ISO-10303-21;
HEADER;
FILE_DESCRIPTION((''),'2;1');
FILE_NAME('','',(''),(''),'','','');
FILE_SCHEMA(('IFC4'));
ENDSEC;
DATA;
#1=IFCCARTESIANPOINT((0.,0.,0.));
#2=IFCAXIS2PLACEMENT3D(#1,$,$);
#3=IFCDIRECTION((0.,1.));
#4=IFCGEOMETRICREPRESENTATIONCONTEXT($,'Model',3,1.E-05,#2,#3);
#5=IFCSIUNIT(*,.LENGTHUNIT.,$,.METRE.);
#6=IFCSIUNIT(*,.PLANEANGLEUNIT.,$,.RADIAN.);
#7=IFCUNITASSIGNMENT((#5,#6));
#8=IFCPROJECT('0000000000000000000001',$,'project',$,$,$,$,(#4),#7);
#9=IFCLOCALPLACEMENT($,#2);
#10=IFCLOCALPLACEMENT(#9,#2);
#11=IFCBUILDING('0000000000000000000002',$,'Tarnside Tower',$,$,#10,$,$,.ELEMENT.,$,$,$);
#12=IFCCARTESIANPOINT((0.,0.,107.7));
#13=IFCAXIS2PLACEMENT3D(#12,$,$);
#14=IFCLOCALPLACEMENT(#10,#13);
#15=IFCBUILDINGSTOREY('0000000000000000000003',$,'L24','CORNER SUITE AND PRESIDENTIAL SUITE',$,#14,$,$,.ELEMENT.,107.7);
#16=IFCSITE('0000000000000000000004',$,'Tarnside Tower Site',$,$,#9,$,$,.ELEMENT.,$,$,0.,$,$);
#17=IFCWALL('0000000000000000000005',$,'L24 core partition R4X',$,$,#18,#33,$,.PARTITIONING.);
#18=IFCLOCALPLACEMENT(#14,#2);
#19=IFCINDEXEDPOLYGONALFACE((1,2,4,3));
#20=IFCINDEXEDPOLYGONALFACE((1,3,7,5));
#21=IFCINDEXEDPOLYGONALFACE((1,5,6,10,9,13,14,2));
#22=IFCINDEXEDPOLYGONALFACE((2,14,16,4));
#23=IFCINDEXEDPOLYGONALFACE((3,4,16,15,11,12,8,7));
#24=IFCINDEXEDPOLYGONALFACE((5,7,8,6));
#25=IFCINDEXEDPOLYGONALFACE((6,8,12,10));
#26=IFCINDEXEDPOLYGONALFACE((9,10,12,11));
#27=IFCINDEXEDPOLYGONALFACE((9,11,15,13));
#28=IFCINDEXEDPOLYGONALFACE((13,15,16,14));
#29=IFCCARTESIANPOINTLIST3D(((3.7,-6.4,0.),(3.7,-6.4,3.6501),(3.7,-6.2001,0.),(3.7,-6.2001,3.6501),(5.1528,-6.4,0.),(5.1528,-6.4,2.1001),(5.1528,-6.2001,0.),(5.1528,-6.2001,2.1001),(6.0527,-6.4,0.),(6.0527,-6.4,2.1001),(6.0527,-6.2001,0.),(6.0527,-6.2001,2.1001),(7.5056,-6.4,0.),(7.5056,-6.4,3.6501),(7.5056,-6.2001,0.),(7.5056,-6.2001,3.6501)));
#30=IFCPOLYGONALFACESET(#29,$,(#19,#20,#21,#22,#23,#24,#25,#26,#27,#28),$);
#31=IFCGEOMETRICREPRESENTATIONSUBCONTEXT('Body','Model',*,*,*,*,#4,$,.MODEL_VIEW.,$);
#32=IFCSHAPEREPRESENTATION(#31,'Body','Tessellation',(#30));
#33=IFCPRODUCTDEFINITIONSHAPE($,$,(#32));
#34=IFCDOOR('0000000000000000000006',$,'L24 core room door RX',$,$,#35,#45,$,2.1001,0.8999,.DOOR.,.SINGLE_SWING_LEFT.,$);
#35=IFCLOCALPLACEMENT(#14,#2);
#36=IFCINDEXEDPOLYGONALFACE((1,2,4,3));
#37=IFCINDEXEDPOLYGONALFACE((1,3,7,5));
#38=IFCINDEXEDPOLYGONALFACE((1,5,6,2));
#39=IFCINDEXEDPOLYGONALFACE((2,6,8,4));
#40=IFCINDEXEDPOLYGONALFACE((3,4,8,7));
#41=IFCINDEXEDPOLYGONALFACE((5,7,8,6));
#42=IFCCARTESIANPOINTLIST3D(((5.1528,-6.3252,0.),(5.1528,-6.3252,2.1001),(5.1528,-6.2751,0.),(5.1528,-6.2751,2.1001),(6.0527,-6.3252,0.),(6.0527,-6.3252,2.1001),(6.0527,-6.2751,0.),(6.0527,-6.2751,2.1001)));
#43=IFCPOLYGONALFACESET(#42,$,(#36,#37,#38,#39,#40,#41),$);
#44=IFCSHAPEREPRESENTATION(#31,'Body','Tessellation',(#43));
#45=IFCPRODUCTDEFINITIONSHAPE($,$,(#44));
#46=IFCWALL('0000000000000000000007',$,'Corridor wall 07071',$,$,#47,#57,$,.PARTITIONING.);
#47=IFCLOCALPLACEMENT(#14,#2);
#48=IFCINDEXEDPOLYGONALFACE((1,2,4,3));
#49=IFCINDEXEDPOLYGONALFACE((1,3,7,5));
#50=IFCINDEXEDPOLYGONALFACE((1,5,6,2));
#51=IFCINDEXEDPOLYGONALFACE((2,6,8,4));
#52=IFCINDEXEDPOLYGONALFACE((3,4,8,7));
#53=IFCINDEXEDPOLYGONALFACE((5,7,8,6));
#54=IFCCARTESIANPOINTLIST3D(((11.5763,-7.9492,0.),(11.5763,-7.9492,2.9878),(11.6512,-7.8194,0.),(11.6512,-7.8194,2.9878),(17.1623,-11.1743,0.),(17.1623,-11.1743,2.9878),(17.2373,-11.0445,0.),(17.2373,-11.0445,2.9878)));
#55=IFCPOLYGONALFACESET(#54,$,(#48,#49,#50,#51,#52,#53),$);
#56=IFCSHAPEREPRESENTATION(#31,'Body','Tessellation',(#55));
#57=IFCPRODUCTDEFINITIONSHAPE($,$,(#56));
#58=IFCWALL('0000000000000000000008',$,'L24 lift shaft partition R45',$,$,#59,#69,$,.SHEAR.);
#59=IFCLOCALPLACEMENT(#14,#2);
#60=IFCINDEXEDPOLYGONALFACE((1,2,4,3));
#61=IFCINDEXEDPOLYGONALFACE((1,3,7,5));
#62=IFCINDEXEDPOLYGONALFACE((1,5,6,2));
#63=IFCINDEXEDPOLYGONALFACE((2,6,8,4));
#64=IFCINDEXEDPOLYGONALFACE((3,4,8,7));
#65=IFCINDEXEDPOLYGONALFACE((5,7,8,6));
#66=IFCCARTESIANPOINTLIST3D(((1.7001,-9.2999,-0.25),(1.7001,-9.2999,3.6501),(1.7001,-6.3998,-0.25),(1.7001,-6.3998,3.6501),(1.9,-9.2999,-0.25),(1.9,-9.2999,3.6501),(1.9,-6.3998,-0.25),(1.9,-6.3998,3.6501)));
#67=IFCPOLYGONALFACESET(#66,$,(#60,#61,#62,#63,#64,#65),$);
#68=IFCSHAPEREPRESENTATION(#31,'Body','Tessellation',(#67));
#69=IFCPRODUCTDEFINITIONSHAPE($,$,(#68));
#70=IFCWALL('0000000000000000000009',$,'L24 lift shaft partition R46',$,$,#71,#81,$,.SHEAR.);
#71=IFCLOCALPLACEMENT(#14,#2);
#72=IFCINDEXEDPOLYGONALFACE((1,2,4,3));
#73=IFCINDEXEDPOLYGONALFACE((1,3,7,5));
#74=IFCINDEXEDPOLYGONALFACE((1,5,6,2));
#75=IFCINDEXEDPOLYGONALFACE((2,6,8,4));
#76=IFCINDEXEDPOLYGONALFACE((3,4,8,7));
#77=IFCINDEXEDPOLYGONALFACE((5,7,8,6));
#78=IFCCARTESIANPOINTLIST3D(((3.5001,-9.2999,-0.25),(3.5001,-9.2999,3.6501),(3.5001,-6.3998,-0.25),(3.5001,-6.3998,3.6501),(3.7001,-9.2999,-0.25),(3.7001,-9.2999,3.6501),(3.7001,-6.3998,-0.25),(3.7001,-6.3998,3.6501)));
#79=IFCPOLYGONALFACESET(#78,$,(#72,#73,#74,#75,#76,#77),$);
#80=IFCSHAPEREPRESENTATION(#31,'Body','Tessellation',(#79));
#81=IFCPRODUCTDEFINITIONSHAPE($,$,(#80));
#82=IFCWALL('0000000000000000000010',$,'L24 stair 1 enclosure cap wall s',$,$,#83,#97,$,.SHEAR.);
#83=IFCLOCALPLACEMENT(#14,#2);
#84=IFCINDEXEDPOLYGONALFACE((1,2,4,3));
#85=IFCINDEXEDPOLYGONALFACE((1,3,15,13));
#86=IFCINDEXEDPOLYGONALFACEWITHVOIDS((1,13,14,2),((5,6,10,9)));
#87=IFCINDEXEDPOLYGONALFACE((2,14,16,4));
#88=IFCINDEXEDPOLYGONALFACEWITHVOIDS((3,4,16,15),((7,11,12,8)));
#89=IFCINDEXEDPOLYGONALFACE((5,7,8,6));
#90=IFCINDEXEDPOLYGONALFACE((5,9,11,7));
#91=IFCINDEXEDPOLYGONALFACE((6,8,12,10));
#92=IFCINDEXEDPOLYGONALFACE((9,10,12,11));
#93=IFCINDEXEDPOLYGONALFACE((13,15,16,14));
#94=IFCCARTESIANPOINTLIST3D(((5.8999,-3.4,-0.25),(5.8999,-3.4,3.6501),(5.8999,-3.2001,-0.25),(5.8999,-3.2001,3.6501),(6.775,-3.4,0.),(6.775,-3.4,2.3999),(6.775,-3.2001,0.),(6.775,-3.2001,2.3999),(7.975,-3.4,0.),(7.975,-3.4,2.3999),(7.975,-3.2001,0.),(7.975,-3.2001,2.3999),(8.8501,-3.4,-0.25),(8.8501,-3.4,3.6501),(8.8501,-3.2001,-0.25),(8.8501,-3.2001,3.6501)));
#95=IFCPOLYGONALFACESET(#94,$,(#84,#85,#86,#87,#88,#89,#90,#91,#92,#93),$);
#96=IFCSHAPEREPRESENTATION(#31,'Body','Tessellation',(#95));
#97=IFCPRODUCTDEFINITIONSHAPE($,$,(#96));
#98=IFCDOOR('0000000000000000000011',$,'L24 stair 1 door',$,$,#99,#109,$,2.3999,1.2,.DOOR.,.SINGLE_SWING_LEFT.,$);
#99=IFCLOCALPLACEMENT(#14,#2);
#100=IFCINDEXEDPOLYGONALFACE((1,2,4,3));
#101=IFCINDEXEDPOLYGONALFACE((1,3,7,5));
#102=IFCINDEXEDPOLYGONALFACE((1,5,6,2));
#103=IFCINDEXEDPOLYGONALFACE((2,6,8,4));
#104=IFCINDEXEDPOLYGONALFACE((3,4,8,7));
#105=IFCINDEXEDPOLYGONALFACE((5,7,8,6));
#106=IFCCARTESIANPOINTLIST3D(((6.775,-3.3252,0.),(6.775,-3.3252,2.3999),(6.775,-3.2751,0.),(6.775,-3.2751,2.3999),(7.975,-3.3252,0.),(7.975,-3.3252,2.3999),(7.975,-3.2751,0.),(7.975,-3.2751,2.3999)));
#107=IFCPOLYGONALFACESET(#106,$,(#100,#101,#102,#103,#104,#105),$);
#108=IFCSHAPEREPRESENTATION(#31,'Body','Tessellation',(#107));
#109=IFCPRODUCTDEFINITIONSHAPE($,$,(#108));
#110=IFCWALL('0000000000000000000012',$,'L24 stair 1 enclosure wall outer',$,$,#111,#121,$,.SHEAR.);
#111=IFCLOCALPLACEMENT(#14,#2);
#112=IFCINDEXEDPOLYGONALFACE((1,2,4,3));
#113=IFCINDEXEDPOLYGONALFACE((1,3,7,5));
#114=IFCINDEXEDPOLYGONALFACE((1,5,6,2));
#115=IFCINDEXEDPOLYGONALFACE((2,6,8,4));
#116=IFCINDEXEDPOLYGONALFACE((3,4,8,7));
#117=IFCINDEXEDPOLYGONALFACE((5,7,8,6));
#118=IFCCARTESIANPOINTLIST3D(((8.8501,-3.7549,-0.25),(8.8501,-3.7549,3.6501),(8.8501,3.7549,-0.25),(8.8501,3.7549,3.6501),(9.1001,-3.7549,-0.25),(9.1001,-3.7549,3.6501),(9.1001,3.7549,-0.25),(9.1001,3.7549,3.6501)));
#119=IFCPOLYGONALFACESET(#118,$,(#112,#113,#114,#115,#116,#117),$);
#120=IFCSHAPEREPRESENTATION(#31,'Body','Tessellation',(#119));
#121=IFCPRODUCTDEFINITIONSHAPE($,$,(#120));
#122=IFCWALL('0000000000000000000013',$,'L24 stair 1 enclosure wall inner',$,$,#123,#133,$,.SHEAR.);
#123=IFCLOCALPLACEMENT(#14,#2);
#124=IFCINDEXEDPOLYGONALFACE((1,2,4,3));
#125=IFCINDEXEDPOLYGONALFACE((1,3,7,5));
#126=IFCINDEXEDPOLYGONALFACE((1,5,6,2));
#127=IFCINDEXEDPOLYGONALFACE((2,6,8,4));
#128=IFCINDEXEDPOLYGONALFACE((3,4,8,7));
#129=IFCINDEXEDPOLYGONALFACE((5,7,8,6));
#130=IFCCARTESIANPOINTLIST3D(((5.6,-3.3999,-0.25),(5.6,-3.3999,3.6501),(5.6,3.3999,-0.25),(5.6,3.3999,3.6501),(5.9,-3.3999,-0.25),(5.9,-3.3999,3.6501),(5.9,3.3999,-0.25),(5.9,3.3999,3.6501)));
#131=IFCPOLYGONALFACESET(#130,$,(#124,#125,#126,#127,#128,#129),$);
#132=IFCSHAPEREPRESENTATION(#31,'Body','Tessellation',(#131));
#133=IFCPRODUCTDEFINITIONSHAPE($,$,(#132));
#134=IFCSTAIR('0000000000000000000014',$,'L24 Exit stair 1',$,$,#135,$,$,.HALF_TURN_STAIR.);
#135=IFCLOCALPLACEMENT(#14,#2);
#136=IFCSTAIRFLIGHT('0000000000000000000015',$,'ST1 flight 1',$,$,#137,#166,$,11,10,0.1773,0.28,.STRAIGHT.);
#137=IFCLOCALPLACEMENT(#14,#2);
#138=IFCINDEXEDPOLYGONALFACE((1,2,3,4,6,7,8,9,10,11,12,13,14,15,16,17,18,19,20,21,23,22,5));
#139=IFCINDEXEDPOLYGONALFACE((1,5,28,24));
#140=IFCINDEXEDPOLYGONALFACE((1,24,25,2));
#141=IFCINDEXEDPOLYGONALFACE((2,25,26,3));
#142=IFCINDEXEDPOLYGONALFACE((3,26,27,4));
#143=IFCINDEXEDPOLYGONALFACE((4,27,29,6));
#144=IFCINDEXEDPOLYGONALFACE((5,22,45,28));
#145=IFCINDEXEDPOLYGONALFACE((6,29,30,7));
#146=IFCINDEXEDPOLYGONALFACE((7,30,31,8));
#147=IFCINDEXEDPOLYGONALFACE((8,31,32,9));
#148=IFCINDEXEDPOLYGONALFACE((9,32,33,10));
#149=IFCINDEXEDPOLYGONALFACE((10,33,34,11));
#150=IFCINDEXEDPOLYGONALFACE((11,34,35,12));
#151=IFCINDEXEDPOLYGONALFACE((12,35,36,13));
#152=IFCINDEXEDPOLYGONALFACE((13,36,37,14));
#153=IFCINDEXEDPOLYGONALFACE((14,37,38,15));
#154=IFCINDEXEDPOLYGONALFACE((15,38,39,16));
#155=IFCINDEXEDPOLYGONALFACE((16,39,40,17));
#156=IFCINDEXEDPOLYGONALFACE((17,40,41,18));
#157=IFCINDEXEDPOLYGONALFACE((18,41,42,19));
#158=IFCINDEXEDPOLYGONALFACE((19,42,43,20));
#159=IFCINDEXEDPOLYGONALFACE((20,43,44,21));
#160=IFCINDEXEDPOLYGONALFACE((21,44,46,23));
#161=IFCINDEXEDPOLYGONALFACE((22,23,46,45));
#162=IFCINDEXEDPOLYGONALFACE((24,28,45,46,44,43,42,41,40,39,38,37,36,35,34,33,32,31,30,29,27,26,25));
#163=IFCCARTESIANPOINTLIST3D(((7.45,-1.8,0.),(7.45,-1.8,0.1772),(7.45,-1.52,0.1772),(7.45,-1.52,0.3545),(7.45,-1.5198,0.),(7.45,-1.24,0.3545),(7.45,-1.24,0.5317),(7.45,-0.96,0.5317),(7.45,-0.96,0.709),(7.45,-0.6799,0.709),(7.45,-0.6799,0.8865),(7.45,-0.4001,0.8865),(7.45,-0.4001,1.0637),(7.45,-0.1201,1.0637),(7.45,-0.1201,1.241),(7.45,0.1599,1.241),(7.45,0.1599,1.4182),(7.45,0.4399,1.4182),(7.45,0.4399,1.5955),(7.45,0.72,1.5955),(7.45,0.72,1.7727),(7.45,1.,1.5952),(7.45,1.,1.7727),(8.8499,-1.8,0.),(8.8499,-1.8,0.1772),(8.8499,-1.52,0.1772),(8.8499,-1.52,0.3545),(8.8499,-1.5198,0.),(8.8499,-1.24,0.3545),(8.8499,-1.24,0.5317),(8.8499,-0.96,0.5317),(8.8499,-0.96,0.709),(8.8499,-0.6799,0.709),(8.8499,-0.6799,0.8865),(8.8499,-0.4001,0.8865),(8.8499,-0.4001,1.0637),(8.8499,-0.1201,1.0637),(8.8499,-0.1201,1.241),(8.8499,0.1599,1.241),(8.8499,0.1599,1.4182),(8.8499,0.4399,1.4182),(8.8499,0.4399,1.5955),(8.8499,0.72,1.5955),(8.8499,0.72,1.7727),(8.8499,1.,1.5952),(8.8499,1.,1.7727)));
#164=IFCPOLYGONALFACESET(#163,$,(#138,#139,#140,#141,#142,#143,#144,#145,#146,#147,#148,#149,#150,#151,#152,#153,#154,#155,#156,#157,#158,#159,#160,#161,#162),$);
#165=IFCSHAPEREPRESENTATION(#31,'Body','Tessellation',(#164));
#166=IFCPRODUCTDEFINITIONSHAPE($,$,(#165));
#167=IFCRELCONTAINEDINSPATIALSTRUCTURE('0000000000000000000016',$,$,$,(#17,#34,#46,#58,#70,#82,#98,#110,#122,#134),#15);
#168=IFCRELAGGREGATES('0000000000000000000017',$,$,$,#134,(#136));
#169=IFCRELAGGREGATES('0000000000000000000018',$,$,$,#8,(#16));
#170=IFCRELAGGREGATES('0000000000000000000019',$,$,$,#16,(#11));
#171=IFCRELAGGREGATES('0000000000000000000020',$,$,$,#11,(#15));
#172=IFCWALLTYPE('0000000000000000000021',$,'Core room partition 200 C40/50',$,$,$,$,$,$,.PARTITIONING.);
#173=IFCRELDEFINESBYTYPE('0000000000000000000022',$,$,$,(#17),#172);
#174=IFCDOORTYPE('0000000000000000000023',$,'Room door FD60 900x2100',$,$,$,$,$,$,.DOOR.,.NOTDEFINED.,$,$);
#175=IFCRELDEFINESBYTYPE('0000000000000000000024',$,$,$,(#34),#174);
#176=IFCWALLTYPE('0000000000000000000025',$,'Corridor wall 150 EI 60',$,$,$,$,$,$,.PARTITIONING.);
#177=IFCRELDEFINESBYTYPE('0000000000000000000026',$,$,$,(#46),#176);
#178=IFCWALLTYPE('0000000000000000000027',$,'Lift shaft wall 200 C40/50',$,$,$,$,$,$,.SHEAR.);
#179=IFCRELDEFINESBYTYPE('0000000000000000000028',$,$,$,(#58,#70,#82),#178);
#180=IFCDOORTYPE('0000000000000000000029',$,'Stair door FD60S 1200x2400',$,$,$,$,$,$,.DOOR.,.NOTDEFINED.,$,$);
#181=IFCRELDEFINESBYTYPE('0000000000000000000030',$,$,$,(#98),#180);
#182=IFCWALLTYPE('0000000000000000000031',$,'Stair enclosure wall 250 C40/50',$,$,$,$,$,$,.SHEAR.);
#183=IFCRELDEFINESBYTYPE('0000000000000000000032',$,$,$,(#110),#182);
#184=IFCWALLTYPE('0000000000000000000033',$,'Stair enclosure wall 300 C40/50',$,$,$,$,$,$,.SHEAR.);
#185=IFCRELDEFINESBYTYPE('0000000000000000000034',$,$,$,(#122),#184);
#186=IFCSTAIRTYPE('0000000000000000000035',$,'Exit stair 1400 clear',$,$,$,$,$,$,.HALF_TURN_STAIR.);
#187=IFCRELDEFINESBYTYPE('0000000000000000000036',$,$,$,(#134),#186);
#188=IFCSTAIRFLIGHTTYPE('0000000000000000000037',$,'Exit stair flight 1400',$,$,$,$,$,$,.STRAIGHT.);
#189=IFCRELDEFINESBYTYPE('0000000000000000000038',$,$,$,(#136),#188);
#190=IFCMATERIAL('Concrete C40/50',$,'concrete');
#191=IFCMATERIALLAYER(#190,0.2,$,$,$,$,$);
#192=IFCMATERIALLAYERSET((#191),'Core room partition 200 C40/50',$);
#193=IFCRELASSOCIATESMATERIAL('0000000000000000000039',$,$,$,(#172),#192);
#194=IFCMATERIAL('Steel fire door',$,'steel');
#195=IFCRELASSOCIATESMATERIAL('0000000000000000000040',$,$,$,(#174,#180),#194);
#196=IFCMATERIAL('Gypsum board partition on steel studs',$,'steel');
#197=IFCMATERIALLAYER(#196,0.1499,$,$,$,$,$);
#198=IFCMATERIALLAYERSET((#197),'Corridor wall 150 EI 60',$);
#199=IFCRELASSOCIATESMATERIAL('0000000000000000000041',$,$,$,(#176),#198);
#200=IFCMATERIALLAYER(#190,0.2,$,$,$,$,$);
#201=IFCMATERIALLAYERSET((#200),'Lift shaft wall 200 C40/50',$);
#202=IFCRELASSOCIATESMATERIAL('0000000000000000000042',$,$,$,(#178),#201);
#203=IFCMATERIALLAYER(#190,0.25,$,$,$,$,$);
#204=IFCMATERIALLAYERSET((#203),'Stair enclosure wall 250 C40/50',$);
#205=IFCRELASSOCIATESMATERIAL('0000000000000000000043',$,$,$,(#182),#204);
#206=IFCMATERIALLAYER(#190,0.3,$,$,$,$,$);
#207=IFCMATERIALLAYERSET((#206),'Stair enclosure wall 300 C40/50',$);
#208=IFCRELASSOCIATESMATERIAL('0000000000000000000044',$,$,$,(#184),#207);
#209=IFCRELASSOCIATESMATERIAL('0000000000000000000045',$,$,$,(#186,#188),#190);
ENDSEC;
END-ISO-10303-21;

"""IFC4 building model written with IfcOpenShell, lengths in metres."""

from ifc_helpers import new_model, si_unit, direction, frame, frame_2d, origin, place, context, subcontext, project, spatial, polyline, rectangle, outline, extrude, material, layer, layer_set, type_object, element, fill, aggregate, save


model = new_model("IFC4")

# Units and contexts
model_context = context("Model", 3, precision=1e-05, world=origin(), true_north=direction((0.0, 1.0)))
body_context = subcontext(model_context, "Body", "Model", "MODEL_VIEW")
ifc_project = project(units=[si_unit("LENGTHUNIT", "METRE"), si_unit("PLANEANGLEUNIT", "RADIAN")], contexts=[model_context])

# Site, building, storey
site_placement = place(None, origin())
site = spatial("IfcSite", under=ifc_project, at=site_placement, Name="Tarnside Tower Site", CompositionType="ELEMENT", RefElevation=0.0)
building_placement = place(site_placement, origin())
building = spatial("IfcBuilding", under=site, at=building_placement, Name="Tarnside Tower", CompositionType="ELEMENT")
storey_placement = place(building_placement, frame((0.0, 0.0, 107.7)))
storey = spatial("IfcBuildingStorey", under=building, at=storey_placement, Name="L24", Description="CORNER SUITE AND PRESIDENTIAL SUITE", CompositionType="ELEMENT", Elevation=107.7)

# Shared definitions
ifc_material_1 = material(Name="Concrete C40/50", Category="concrete")

# Wall, opening, door
ifc_material_2 = material(Name="Steel fire door", Category="steel")
ifc_layer_1 = layer(ifc_material_1, 0.2)
ifc_layer_set_1 = layer_set([ifc_layer_1], Name="Core room partition 200 C40/50")
wall_type_1 = type_object("IfcWallType", Name="Core room partition 200 C40/50", PredefinedType="PARTITIONING", material=ifc_layer_set_1)
door_type_1 = type_object("IfcDoorType", Name="Room door FD60 900x2100", OperationType="NOTDEFINED", PredefinedType="DOOR", material=ifc_material_2)
wall_1_placement = place(storey_placement, frame((3.7, -6.3, 0.0), z_axis=(0.0, 0.0, 1.0), x_axis=(1.0, 0.0, 0.0)))
wall_1 = element("IfcWall", 1, at=wall_1_placement, inside=storey, type_object=wall_type_1, Name="L24 core partition R4X", PredefinedType="PARTITIONING", context=body_context, shape_type="SweptSolid", body=[
    extrude(rectangle(XDim=3.8057, YDim=0.2, at=frame_2d((1.9028, 0.0))), origin(), (0.0, 0.0, 1.0), 3.6501),
])
opening_1_placement = place(wall_1_placement, frame((1.4529, 0.0, 0.0)))
opening_1 = element("IfcOpeningElement", 2, at=opening_1_placement, cuts=wall_1, PredefinedType="OPENING", context=body_context, shape_type="SweptSolid", body=[
    extrude(rectangle(XDim=0.8999, YDim=2.1001, at=frame_2d((0.45, 1.05))), frame((0.0, 0.1099, 0.0), z_axis=(0.0, -1.0, 0.0), x_axis=(1.0, 0.0, 0.0)), (0.0, 0.0, 1.0), 0.22),
])
door_1_placement = place(opening_1_placement, origin())
door_1 = element("IfcDoor", 3, at=door_1_placement, inside=storey, type_object=door_type_1, Name="L24 core room door RX", OperationType="SINGLE_SWING_LEFT", OverallHeight=2.1001, OverallWidth=0.8999, PredefinedType="DOOR", context=body_context, shape_type="SweptSolid", body=[
    extrude(rectangle(XDim=0.8999, YDim=2.1001, at=frame_2d((0.45, 1.05))), frame((0.0, 0.0249, 0.0), z_axis=(0.0, -1.0, 0.0), x_axis=(1.0, 0.0, 0.0)), (0.0, 0.0, 1.0), 0.05),
])
fill(opening_1, door_1)

# Walls
ifc_material_3 = material(Name="Gypsum board partition on steel studs", Category="steel")
ifc_layer_2 = layer(ifc_material_3, 0.1499)
ifc_layer_set_2 = layer_set([ifc_layer_2], Name="Corridor wall 150 EI 60")
wall_type_2 = type_object("IfcWallType", Name="Corridor wall 150 EI 60", PredefinedType="PARTITIONING", material=ifc_layer_set_2)
wall_2_placement = place(storey_placement, frame((11.6138, -7.8843, 0.0), z_axis=(0.0, 0.0, 1.0), x_axis=(0.866022, -0.500006, 0.0)))
element("IfcWall", 4, at=wall_2_placement, inside=storey, type_object=wall_type_2, Name="Corridor wall 07071", PredefinedType="PARTITIONING", context=body_context, shape_type="SweptSolid", body=[
    extrude(rectangle(XDim=6.4502, YDim=0.1499, at=frame_2d((3.2251, 0.0))), origin(), (0.0, 0.0, 1.0), 2.9878),
])
ifc_layer_3 = layer(ifc_material_1, 0.2)
ifc_layer_set_3 = layer_set([ifc_layer_3], Name="Lift shaft wall 200 C40/50")
wall_type_3 = type_object("IfcWallType", Name="Lift shaft wall 200 C40/50", PredefinedType="SHEAR", material=ifc_layer_set_3)
for number, where, z_axis, x_axis, name in (
    (5, (1.8, -9.3, -0.25), (0.0, 0.0, 1.0), (0.0, 1.0, 0.0), "L24 lift shaft partition R45"),
    (6, (3.6001, -9.3, -0.25), (0.0, 0.0, 1.0), (0.0, 1.0, 0.0), "L24 lift shaft partition R46"),
):
    element("IfcWall", number, at=place(storey_placement, frame(where, z_axis=z_axis, x_axis=x_axis)), inside=storey, type_object=wall_type_3, Name=name, PredefinedType="SHEAR", context=body_context, shape_type="SweptSolid", body=[
        extrude(rectangle(XDim=2.9001, YDim=0.2, at=frame_2d((1.4502, 0.0))), origin(), (0.0, 0.0, 1.0), 3.9001),
    ])

# Wall, opening, door
wall_3_placement = place(storey_placement, frame((5.8999, -3.3, -0.25), z_axis=(0.0, 0.0, 1.0), x_axis=(1.0, 0.0, 0.0)))
wall_3 = element("IfcWall", 7, at=wall_3_placement, inside=storey, type_object=wall_type_3, Name="L24 stair 1 enclosure cap wall s", PredefinedType="SHEAR", context=body_context, shape_type="SweptSolid", body=[
    extrude(rectangle(XDim=2.9502, YDim=0.2, at=frame_2d((1.4751, 0.0))), origin(), (0.0, 0.0, 1.0), 3.9001),
])
opening_2_placement = place(wall_3_placement, frame((0.875, 0.0, 0.25)))
opening_2 = element("IfcOpeningElement", 8, at=opening_2_placement, cuts=wall_3, PredefinedType="OPENING", context=body_context, shape_type="SweptSolid", body=[
    extrude(rectangle(XDim=1.2, YDim=2.3999, at=frame_2d((0.6001, 1.2))), frame((0.0, 0.1099, 0.0), z_axis=(0.0, -1.0, 0.0), x_axis=(1.0, 0.0, 0.0)), (0.0, 0.0, 1.0), 0.22),
])
door_type_2 = type_object("IfcDoorType", Name="Stair door FD60S 1200x2400", OperationType="NOTDEFINED", PredefinedType="DOOR", material=ifc_material_2)
door_2_placement = place(opening_2_placement, origin())
door_2 = element("IfcDoor", 9, at=door_2_placement, inside=storey, type_object=door_type_2, Name="L24 stair 1 door", OperationType="SINGLE_SWING_LEFT", OverallHeight=2.3999, OverallWidth=1.2, PredefinedType="DOOR", context=body_context, shape_type="SweptSolid", body=[
    extrude(rectangle(XDim=1.2, YDim=2.3999, at=frame_2d((0.6001, 1.2))), frame((0.0, 0.0249, 0.0), z_axis=(0.0, -1.0, 0.0), x_axis=(1.0, 0.0, 0.0)), (0.0, 0.0, 1.0), 0.05),
])
fill(opening_2, door_2)

# Walls
ifc_layer_4 = layer(ifc_material_1, 0.25)
ifc_layer_set_4 = layer_set([ifc_layer_4], Name="Stair enclosure wall 250 C40/50")
wall_type_4 = type_object("IfcWallType", Name="Stair enclosure wall 250 C40/50", PredefinedType="SHEAR", material=ifc_layer_set_4)
wall_4_placement = place(storey_placement, frame((8.9751, -3.7549, -0.25), z_axis=(0.0, 0.0, 1.0), x_axis=(0.0, 1.0, 0.0)))
element("IfcWall", 10, at=wall_4_placement, inside=storey, type_object=wall_type_4, Name="L24 stair 1 enclosure wall outer", PredefinedType="SHEAR", context=body_context, shape_type="SweptSolid", body=[
    extrude(rectangle(XDim=7.5098, YDim=0.25, at=frame_2d((3.7549, 0.0))), origin(), (0.0, 0.0, 1.0), 3.9001),
])
ifc_layer_5 = layer(ifc_material_1, 0.3)
ifc_layer_set_5 = layer_set([ifc_layer_5], Name="Stair enclosure wall 300 C40/50")
wall_type_5 = type_object("IfcWallType", Name="Stair enclosure wall 300 C40/50", PredefinedType="SHEAR", material=ifc_layer_set_5)
wall_5_placement = place(storey_placement, frame((5.75, -3.3999, -0.25), z_axis=(0.0, 0.0, 1.0), x_axis=(0.0, 1.0, 0.0)))
element("IfcWall", 11, at=wall_5_placement, inside=storey, type_object=wall_type_5, Name="L24 stair 1 enclosure wall inner", PredefinedType="SHEAR", context=body_context, shape_type="SweptSolid", body=[
    extrude(rectangle(XDim=6.7998, YDim=0.3, at=frame_2d((3.3999, 0.0))), origin(), (0.0, 0.0, 1.0), 3.9001),
])

# Stair, stair flight
stair_type = type_object("IfcStairType", Name="Exit stair 1400 clear", PredefinedType="HALF_TURN_STAIR", material=ifc_material_1)
stair_placement = place(storey_placement, origin())
stair = element("IfcStair", 12, at=stair_placement, inside=storey, type_object=stair_type, Name="L24 Exit stair 1", PredefinedType="HALF_TURN_STAIR")
stair_flight_type = type_object("IfcStairFlightType", Name="Exit stair flight 1400", PredefinedType="STRAIGHT", material=ifc_material_1)
stair_flight_placement = place(storey_placement, frame((8.1499, -1.8, 0.0), z_axis=(0.0, 0.0, 1.0), x_axis=(0.0, 1.0, 0.0)))
stair_flight = element("IfcStairFlight", 13, at=stair_flight_placement, type_object=stair_flight_type, Name="ST1 flight 1", NumberOfRisers=11, NumberOfTreads=10, PredefinedType="STRAIGHT", RiserHeight=0.1773, TreadLength=0.28, context=body_context, shape_type="SweptSolid", body=[
    extrude(outline(polyline([(0.0, 0.0), (0.0, 0.1772), (0.28, 0.1772), (0.28, 0.3545), (0.5601, 0.3545), (0.5601, 0.5317), (0.8401, 0.5317), (0.8401, 0.709), (1.1201, 0.709), (1.1201, 0.8865), (1.3999, 0.8865), (1.3999, 1.0637), (1.6799, 1.0637), (1.6799, 1.241), (1.96, 1.241), (1.96, 1.4182), (2.24, 1.4182), (2.24, 1.5955), (2.52, 1.5955), (2.52, 1.7727), (2.8, 1.7727), (2.8, 1.95), (2.8, 1.5952), (0.2803, 0.0), (0.0, 0.0)])), frame((0.0, 0.7, 0.0), z_axis=(0.0, -1.0, 0.0), x_axis=(1.0, 0.0, 0.0)), (0.0, 0.0, 1.0), 1.3999),
])
aggregate(stair, [stair_flight])

save(model, "model.ifc")
